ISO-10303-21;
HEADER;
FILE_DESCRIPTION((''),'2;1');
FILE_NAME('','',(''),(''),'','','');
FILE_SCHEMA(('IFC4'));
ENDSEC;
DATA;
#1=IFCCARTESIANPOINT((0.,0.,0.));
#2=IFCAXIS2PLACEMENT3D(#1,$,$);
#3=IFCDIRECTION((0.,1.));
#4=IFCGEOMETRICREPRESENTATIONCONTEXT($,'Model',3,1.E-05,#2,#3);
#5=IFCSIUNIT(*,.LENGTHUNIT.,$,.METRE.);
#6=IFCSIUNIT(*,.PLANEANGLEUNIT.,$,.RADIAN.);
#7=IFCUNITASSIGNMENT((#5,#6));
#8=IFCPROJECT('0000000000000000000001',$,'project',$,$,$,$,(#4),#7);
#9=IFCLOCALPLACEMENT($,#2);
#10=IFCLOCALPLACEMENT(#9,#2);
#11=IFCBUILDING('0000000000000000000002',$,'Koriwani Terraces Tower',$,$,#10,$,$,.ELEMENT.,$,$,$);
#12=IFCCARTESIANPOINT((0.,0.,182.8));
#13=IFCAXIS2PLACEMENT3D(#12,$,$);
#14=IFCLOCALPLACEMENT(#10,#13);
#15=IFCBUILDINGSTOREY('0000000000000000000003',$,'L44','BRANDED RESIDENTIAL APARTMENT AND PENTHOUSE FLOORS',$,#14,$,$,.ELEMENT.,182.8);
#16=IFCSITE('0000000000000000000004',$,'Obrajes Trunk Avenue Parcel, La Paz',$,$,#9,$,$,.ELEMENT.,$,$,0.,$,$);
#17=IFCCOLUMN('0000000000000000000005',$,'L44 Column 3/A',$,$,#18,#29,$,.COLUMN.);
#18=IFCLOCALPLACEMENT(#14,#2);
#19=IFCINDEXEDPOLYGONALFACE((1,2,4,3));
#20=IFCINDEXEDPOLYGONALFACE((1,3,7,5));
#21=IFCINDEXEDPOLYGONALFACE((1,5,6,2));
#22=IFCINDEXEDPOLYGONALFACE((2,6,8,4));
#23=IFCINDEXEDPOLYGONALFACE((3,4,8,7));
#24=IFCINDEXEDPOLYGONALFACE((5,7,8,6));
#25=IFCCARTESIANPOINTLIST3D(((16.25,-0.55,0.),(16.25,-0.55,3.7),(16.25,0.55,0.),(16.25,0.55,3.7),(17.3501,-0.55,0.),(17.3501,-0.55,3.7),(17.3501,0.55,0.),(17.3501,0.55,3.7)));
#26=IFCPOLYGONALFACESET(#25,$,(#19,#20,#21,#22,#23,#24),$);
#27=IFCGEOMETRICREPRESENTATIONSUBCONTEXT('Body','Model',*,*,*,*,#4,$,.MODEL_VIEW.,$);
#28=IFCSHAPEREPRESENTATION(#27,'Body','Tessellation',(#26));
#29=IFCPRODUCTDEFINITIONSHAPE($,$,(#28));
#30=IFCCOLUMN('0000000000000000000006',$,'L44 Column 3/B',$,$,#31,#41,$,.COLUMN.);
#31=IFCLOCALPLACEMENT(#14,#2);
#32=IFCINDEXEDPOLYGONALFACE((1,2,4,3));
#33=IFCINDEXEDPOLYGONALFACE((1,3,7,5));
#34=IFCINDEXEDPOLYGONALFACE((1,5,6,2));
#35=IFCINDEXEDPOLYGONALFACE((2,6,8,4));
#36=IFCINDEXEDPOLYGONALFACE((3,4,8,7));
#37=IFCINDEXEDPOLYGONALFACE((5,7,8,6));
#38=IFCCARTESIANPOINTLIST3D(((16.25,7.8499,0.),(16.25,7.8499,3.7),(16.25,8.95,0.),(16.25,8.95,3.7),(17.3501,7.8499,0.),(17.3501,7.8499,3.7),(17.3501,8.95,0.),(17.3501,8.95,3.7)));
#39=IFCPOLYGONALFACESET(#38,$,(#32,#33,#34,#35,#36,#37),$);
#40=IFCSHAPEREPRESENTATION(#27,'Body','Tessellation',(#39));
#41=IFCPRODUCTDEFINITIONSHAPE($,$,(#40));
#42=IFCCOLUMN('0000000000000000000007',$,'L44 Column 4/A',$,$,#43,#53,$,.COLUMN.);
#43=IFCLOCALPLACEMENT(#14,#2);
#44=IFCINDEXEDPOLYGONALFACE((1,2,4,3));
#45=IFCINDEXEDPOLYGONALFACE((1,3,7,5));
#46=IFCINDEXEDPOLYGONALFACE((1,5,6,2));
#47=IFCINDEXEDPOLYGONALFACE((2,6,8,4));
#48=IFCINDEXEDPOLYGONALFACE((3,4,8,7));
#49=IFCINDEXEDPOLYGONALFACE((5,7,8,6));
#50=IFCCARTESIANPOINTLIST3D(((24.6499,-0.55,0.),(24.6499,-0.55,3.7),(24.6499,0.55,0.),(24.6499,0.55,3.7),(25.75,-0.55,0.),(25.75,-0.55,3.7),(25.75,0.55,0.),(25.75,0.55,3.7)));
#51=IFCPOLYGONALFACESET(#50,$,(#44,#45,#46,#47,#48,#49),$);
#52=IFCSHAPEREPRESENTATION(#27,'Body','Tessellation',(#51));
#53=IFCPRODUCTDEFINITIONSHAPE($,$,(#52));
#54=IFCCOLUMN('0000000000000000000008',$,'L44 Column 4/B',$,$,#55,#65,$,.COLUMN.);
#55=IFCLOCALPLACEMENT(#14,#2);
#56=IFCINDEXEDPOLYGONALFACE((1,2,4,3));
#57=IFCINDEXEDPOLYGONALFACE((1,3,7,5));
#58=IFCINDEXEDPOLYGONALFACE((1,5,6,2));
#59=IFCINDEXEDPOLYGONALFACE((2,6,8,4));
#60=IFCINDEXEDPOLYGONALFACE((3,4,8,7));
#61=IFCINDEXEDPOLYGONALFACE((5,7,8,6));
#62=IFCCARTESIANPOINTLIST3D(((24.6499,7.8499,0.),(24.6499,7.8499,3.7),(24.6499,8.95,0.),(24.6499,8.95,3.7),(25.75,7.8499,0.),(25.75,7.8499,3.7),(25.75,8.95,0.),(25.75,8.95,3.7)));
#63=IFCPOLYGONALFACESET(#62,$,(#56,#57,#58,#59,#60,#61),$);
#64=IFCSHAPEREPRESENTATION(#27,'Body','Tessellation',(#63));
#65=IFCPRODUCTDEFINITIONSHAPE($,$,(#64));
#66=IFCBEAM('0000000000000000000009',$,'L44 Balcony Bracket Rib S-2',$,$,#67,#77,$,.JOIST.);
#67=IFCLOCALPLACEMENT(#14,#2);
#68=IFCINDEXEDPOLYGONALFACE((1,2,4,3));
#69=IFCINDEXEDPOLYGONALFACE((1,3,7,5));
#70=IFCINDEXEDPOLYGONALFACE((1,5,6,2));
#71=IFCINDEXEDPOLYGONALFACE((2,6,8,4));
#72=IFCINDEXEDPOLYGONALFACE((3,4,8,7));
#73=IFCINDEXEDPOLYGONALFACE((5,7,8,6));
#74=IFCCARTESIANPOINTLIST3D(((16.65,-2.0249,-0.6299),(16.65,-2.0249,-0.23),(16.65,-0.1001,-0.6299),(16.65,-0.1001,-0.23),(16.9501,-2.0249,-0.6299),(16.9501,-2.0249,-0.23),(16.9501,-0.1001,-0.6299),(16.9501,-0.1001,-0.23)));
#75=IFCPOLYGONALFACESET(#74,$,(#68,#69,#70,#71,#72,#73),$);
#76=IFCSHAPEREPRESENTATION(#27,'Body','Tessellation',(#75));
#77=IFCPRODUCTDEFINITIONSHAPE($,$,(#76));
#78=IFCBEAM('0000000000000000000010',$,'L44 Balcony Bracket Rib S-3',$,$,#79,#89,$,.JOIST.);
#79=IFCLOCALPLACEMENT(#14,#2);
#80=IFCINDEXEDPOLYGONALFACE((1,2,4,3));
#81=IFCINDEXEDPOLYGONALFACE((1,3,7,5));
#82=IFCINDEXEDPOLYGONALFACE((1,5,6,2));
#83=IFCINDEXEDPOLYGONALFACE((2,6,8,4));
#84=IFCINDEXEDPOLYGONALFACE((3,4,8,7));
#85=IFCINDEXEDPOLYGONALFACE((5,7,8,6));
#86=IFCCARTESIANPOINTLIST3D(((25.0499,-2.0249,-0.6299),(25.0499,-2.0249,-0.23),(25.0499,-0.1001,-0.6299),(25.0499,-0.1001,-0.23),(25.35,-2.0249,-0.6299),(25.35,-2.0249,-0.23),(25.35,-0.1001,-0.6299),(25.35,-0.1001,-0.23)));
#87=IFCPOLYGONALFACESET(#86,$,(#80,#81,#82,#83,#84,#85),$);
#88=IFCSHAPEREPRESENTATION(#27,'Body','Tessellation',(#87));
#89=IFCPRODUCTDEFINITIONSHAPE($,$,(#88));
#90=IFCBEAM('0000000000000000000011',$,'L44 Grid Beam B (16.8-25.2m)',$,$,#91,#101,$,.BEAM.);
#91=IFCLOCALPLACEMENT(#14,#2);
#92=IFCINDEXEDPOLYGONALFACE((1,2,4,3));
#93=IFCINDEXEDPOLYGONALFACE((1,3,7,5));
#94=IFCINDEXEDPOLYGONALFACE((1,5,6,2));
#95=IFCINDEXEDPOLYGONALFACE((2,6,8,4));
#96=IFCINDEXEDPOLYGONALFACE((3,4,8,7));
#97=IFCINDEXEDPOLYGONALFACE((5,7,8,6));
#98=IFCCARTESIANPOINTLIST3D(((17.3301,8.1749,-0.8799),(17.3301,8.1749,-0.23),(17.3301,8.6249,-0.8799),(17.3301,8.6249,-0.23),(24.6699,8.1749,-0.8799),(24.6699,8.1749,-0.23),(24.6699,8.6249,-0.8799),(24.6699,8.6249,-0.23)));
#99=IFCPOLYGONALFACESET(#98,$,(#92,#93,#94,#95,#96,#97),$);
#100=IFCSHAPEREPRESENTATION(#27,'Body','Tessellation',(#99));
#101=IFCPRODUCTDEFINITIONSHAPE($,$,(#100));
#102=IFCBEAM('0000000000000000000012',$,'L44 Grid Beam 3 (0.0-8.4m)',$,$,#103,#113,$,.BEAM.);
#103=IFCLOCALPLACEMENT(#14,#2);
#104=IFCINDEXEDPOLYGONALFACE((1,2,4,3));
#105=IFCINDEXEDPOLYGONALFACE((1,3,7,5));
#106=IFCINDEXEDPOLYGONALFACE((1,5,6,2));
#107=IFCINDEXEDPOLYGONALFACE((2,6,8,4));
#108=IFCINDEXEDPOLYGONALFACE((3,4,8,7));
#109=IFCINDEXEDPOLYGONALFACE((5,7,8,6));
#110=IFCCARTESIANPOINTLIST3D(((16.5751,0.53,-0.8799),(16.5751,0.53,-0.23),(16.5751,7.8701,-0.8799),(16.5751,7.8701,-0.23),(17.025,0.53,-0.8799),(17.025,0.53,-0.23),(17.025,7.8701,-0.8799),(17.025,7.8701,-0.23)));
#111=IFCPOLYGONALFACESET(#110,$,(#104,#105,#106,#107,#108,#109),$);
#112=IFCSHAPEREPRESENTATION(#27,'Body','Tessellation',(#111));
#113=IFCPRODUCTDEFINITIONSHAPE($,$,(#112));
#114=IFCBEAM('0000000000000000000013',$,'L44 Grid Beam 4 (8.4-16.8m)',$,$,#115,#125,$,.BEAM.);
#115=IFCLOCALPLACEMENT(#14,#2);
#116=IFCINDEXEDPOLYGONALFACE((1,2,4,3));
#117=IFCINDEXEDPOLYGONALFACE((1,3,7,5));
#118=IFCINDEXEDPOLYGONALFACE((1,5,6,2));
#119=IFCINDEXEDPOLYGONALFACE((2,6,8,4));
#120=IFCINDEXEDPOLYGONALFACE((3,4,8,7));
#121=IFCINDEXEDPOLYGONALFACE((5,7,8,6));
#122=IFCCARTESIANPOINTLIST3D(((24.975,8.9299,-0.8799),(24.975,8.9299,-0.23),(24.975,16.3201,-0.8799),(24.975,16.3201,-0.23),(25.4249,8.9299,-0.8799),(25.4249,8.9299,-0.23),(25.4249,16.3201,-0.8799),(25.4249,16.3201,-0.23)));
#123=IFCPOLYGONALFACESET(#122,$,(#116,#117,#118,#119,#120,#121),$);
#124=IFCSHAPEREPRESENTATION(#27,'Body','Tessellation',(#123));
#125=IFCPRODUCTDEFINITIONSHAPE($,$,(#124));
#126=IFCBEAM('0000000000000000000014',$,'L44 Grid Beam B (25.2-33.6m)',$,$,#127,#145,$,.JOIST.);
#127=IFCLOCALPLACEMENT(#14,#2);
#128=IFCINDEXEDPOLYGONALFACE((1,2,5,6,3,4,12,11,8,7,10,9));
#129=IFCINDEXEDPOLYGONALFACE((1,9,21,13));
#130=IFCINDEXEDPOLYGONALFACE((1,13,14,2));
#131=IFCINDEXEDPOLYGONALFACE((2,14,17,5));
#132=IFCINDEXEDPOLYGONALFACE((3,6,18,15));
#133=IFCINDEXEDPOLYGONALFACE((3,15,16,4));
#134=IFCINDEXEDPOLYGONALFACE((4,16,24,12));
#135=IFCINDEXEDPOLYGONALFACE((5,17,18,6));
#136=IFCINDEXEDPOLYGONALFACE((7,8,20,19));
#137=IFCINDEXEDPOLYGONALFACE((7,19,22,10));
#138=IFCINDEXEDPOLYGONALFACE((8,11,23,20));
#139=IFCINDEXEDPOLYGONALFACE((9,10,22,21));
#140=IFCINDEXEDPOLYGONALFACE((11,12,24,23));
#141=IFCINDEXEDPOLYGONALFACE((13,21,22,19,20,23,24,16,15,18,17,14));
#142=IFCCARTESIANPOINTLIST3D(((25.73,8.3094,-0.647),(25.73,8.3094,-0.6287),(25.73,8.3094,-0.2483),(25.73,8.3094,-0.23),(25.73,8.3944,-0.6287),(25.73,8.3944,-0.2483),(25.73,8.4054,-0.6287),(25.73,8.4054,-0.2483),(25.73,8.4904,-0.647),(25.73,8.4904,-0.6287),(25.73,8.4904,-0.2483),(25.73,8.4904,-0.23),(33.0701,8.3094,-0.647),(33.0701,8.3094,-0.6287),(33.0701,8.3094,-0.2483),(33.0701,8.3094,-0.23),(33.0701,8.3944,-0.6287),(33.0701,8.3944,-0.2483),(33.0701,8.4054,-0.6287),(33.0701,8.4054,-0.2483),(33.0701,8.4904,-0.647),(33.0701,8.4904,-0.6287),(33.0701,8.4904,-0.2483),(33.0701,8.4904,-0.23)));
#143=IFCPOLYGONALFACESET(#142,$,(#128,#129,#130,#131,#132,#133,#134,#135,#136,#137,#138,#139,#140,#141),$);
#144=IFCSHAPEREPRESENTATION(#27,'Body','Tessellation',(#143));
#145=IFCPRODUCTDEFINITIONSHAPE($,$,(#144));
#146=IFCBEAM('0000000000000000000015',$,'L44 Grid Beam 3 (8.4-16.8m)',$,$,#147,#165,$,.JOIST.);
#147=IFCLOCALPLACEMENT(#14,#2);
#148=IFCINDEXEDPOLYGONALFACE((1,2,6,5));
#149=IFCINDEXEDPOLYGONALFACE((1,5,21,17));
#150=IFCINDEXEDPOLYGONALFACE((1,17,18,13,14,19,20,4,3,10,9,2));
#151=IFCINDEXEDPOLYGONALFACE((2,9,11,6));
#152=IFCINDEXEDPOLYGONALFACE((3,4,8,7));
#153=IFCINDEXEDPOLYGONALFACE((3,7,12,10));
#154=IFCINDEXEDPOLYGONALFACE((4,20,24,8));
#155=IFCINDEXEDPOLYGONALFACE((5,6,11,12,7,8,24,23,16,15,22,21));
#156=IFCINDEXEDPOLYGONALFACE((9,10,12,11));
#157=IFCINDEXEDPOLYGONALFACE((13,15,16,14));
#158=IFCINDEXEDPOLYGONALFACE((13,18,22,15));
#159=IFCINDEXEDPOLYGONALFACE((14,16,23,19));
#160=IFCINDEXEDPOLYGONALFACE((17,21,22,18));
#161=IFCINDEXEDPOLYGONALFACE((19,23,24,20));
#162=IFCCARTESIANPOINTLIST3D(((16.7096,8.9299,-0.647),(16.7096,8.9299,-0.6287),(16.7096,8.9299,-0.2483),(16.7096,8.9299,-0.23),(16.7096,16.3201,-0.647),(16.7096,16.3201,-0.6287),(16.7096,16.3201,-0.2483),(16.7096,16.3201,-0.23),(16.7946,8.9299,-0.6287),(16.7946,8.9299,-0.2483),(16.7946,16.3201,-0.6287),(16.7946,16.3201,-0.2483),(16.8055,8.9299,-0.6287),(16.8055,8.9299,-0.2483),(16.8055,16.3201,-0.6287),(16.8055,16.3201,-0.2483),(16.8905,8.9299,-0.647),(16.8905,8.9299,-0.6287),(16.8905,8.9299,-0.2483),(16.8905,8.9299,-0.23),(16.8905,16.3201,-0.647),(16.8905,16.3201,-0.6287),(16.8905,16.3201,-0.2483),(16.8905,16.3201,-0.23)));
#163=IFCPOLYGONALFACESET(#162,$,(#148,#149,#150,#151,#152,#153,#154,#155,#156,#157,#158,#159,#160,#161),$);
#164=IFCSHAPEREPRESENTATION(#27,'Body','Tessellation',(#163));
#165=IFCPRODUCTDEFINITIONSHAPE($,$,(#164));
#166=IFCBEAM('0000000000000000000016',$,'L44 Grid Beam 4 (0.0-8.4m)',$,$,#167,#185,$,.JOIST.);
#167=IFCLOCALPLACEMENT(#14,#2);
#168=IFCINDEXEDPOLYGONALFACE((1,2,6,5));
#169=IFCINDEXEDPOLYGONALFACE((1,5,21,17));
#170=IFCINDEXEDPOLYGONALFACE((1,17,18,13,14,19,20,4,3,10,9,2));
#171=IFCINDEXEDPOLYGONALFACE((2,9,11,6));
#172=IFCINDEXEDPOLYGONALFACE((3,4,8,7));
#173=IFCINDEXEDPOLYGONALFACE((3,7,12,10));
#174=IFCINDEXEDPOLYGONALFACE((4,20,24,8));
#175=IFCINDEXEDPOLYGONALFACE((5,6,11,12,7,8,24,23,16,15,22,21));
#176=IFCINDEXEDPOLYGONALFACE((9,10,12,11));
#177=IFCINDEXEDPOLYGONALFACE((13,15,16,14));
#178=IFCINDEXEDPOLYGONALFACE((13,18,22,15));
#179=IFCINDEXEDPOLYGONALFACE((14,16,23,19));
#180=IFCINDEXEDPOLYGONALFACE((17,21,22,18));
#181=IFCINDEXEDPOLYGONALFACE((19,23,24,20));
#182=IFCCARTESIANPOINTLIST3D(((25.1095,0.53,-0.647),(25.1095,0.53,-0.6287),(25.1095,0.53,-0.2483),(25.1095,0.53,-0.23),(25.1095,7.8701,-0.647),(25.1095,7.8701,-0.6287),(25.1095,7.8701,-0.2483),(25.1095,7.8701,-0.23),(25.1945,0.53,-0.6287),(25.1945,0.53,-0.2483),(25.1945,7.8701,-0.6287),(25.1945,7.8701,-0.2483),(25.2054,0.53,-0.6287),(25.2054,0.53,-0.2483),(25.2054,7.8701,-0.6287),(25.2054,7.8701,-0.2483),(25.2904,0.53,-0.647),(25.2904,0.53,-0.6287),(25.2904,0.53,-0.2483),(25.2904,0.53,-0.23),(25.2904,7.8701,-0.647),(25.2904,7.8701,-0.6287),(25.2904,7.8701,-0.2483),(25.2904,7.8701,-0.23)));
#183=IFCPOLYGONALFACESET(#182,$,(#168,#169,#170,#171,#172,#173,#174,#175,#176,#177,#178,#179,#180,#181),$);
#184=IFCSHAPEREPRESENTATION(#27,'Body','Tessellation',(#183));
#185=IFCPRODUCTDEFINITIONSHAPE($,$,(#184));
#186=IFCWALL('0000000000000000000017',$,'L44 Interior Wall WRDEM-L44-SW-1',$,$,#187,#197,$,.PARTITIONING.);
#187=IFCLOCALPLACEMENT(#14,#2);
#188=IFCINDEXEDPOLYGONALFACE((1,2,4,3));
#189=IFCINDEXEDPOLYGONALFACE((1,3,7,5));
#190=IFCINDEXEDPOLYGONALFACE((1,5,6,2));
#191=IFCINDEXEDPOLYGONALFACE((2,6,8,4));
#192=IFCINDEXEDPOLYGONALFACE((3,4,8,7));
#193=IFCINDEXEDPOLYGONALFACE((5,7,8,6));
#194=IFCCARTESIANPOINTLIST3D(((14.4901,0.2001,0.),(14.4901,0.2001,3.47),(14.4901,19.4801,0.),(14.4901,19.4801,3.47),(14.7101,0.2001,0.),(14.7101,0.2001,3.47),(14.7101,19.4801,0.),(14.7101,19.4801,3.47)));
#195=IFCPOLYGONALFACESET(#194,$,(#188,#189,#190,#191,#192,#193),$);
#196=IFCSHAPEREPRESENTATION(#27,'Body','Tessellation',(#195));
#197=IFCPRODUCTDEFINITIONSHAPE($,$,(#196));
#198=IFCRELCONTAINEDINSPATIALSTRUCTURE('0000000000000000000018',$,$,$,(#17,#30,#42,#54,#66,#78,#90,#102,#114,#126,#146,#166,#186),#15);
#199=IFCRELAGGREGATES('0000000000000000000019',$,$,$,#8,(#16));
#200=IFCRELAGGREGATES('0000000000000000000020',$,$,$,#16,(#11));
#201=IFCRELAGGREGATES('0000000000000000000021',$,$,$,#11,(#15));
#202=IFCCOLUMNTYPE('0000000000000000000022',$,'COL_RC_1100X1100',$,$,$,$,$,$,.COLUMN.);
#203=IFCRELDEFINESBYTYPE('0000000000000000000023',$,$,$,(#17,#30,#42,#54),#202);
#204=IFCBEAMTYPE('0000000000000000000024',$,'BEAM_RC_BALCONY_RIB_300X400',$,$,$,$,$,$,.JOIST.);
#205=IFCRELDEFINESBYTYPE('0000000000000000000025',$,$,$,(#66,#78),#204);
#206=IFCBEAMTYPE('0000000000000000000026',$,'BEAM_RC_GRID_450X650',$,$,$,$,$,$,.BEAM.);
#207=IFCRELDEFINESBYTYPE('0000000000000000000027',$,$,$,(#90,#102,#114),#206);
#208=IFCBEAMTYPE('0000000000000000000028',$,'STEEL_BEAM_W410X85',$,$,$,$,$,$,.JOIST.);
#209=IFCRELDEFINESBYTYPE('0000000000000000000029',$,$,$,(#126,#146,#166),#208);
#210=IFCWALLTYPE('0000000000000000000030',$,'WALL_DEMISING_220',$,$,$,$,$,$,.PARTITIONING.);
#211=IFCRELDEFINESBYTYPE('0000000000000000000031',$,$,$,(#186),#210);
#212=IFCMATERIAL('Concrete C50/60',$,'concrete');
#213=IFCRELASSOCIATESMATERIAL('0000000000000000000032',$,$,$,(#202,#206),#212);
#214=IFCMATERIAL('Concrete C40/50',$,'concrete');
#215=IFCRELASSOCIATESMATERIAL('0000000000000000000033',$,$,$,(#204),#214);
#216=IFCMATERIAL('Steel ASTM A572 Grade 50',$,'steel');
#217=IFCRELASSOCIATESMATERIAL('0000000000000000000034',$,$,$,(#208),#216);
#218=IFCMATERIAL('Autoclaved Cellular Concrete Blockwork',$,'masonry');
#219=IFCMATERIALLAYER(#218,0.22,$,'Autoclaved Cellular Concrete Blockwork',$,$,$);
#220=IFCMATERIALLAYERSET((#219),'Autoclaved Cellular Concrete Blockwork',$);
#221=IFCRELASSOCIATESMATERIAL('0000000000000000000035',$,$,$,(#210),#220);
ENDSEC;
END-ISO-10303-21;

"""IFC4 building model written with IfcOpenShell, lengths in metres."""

from ifc_helpers import new_model, si_unit, direction, frame, frame_2d, origin, origin_2d, place, context, subcontext, project, spatial, rectangle, i_section, extrude, material, layer, layer_set, material_profile, profile_set, type_object, element, save


model = new_model("IFC4")

# Units and contexts
model_context = context("Model", 3, precision=1e-05, world=origin(), true_north=direction((0.0, 1.0)))
body_context = subcontext(model_context, "Body", "Model", "MODEL_VIEW")
ifc_project = project(units=[si_unit("LENGTHUNIT", "METRE"), si_unit("PLANEANGLEUNIT", "RADIAN")], contexts=[model_context])

# Site, building, storey
site_placement = place(None, origin())
site = spatial("IfcSite", under=ifc_project, at=site_placement, Name="Obrajes Trunk Avenue Parcel, La Paz", CompositionType="ELEMENT", RefElevation=0.0)
building_placement = place(site_placement, origin())
building = spatial("IfcBuilding", under=site, at=building_placement, Name="Koriwani Terraces Tower", CompositionType="ELEMENT")
storey_placement = place(building_placement, frame((0.0, 0.0, 182.8)))
storey = spatial("IfcBuildingStorey", under=building, at=storey_placement, Name="L44", Description="BRANDED RESIDENTIAL APARTMENT AND PENTHOUSE FLOORS", CompositionType="ELEMENT", Elevation=182.8)

# Columns
ifc_material_1 = material(Name="Concrete C50/60", Category="concrete")
ifc_material_profile_1 = material_profile(ifc_material_1, rectangle(XDim=1.1001, YDim=1.1001, at=origin_2d()), Name="Concrete C50/60", Category="LoadBearing")
ifc_profile_set_1 = profile_set([ifc_material_profile_1], Name="Concrete C50/60")
column_type = type_object("IfcColumnType", Name="COL_RC_1100X1100", PredefinedType="COLUMN", material=ifc_profile_set_1)
for number, where, z_axis, x_axis, name in (
    (1, (16.8, 0.0, 0.0), (0.0, 0.0, 1.0), (1.0, 0.0, 0.0), "L44 Column 3/A"),
    (2, (16.8, 8.3999, 0.0), (0.0, 0.0, 1.0), (1.0, 0.0, 0.0), "L44 Column 3/B"),
    (3, (25.2, 0.0, 0.0), (0.0, 0.0, 1.0), (1.0, 0.0, 0.0), "L44 Column 4/A"),
    (4, (25.2, 8.3999, 0.0), (0.0, 0.0, 1.0), (1.0, 0.0, 0.0), "L44 Column 4/B"),
):
    element("IfcColumn", number, at=place(storey_placement, frame(where, z_axis=z_axis, x_axis=x_axis)), inside=storey, type_object=column_type, Name=name, PredefinedType="COLUMN", context=body_context, shape_type="SweptSolid", body=[
        extrude(rectangle(XDim=1.1001, YDim=1.1001, at=origin_2d()), origin(), (0.0, 0.0, 1.0), 3.7),
    ])

# Beams
ifc_material_2 = material(Name="Concrete C40/50", Category="concrete")
ifc_material_profile_2 = material_profile(ifc_material_2, rectangle(XDim=0.3, YDim=0.3999, at=origin_2d()), Name="Concrete C40/50", Category="LoadBearing")
ifc_profile_set_2 = profile_set([ifc_material_profile_2], Name="Concrete C40/50")
beam_type_1 = type_object("IfcBeamType", Name="BEAM_RC_BALCONY_RIB_300X400", PredefinedType="JOIST", material=ifc_profile_set_2)
for number, where, z_axis, x_axis, name in (
    (5, (16.8, -2.0249, -0.4299), (0.0, 1.0, 0.0), (-1.0, 0.0, 0.0), "L44 Balcony Bracket Rib S-2"),
    (6, (25.2, -2.0249, -0.4299), (0.0, 1.0, 0.0), (-1.0, 0.0, 0.0), "L44 Balcony Bracket Rib S-3"),
):
    element("IfcBeam", number, at=place(storey_placement, frame(where, z_axis=z_axis, x_axis=x_axis)), inside=storey, type_object=beam_type_1, Name=name, PredefinedType="JOIST", context=body_context, shape_type="SweptSolid", body=[
        extrude(rectangle(XDim=0.3, YDim=0.3999, at=origin_2d()), origin(), (0.0, 0.0, 1.0), 1.9248),
    ])
ifc_material_profile_3 = material_profile(ifc_material_1, rectangle(XDim=0.45, YDim=0.6499, at=origin_2d()), Name="Concrete C50/60", Category="LoadBearing")
ifc_profile_set_3 = profile_set([ifc_material_profile_3], Name="Concrete C50/60")
beam_type_2 = type_object("IfcBeamType", Name="BEAM_RC_GRID_450X650", PredefinedType="BEAM", material=ifc_profile_set_3)
beam_1_placement = place(storey_placement, frame((17.3301, 8.3999, -0.5549), z_axis=(1.0, 0.0, 0.0), x_axis=(0.0, 1.0, 0.0)))
element("IfcBeam", 7, at=beam_1_placement, inside=storey, type_object=beam_type_2, Name="L44 Grid Beam B (16.8-25.2m)", PredefinedType="BEAM", context=body_context, shape_type="SweptSolid", body=[
    extrude(rectangle(XDim=0.45, YDim=0.6499, at=origin_2d()), origin(), (0.0, 0.0, 1.0), 7.3398),
])
beam_2_placement = place(storey_placement, frame((16.8, 0.53, -0.5549), z_axis=(0.0, 1.0, 0.0), x_axis=(-1.0, 0.0, 0.0)))
element("IfcBeam", 8, at=beam_2_placement, inside=storey, type_object=beam_type_2, Name="L44 Grid Beam 3 (0.0-8.4m)", PredefinedType="BEAM", context=body_context, shape_type="SweptSolid", body=[
    extrude(rectangle(XDim=0.45, YDim=0.6499, at=origin_2d()), origin(), (0.0, 0.0, 1.0), 7.3401),
])
beam_3_placement = place(storey_placement, frame((25.2, 8.9299, -0.5549), z_axis=(0.0, 1.0, 0.0), x_axis=(-1.0, 0.0, 0.0)))
element("IfcBeam", 9, at=beam_3_placement, inside=storey, type_object=beam_type_2, Name="L44 Grid Beam 4 (8.4-16.8m)", PredefinedType="BEAM", context=body_context, shape_type="SweptSolid", body=[
    extrude(rectangle(XDim=0.45, YDim=0.6499, at=origin_2d()), origin(), (0.0, 0.0, 1.0), 7.3901),
])
ifc_material_3 = material(Name="Steel ASTM A572 Grade 50", Category="steel")
ifc_material_profile_4 = material_profile(ifc_material_3, i_section(OverallWidth=0.1809, OverallDepth=0.417, WebThickness=0.011, FlangeThickness=0.0183, at=origin_2d()), Name="Steel ASTM A572 Grade 50", Category="LoadBearing")
ifc_profile_set_4 = profile_set([ifc_material_profile_4], Name="Steel ASTM A572 Grade 50")
beam_type_3 = type_object("IfcBeamType", Name="STEEL_BEAM_W410X85", PredefinedType="JOIST", material=ifc_profile_set_4)
beam_4_placement = place(storey_placement, frame((25.73, 8.3999, -0.4385), z_axis=(1.0, 0.0, 0.0), x_axis=(0.0, 1.0, 0.0)))
element("IfcBeam", 10, at=beam_4_placement, inside=storey, type_object=beam_type_3, Name="L44 Grid Beam B (25.2-33.6m)", PredefinedType="JOIST", context=body_context, shape_type="SweptSolid", body=[
    extrude(i_section(OverallWidth=0.1809, OverallDepth=0.417, WebThickness=0.011, FlangeThickness=0.0183, at=origin_2d()), origin(), (0.0, 0.0, 1.0), 7.3401),
])
beam_5_placement = place(storey_placement, frame((16.8, 8.9299, -0.4385), z_axis=(0.0, 1.0, 0.0), x_axis=(-1.0, 0.0, 0.0)))
element("IfcBeam", 11, at=beam_5_placement, inside=storey, type_object=beam_type_3, Name="L44 Grid Beam 3 (8.4-16.8m)", PredefinedType="JOIST", context=body_context, shape_type="SweptSolid", body=[
    extrude(i_section(OverallWidth=0.1809, OverallDepth=0.417, WebThickness=0.011, FlangeThickness=0.0183, at=origin_2d()), origin(), (0.0, 0.0, 1.0), 7.3901),
])
beam_6_placement = place(storey_placement, frame((25.2, 0.53, -0.4385), z_axis=(0.0, 1.0, 0.0), x_axis=(-1.0, 0.0, 0.0)))
element("IfcBeam", 12, at=beam_6_placement, inside=storey, type_object=beam_type_3, Name="L44 Grid Beam 4 (0.0-8.4m)", PredefinedType="JOIST", context=body_context, shape_type="SweptSolid", body=[
    extrude(i_section(OverallWidth=0.1809, OverallDepth=0.417, WebThickness=0.011, FlangeThickness=0.0183, at=origin_2d()), origin(), (0.0, 0.0, 1.0), 7.3401),
])

# Wall
ifc_material_4 = material(Name="Autoclaved Cellular Concrete Blockwork", Category="masonry")
ifc_layer_1 = layer(ifc_material_4, 0.22, Name="Autoclaved Cellular Concrete Blockwork")
ifc_layer_set_1 = layer_set([ifc_layer_1], Name="Autoclaved Cellular Concrete Blockwork")
wall_type_1 = type_object("IfcWallType", Name="WALL_DEMISING_220", PredefinedType="PARTITIONING", material=ifc_layer_set_1)
wall_1_placement = place(storey_placement, frame((14.6001, 0.2, 0.0), z_axis=(0.0, 0.0, 1.0), x_axis=(0.0, 1.0, 0.0)))
element("IfcWall", 13, at=wall_1_placement, inside=storey, type_object=wall_type_1, Name="L44 Interior Wall WRDEM-L44-SW-1", PredefinedType="PARTITIONING", context=body_context, shape_type="SweptSolid", body=[
    extrude(rectangle(XDim=19.28, YDim=0.22, at=frame_2d((9.6401, 0.0))), origin(), (0.0, 0.0, 1.0), 3.47),
])

save(model, "model.ifc")
